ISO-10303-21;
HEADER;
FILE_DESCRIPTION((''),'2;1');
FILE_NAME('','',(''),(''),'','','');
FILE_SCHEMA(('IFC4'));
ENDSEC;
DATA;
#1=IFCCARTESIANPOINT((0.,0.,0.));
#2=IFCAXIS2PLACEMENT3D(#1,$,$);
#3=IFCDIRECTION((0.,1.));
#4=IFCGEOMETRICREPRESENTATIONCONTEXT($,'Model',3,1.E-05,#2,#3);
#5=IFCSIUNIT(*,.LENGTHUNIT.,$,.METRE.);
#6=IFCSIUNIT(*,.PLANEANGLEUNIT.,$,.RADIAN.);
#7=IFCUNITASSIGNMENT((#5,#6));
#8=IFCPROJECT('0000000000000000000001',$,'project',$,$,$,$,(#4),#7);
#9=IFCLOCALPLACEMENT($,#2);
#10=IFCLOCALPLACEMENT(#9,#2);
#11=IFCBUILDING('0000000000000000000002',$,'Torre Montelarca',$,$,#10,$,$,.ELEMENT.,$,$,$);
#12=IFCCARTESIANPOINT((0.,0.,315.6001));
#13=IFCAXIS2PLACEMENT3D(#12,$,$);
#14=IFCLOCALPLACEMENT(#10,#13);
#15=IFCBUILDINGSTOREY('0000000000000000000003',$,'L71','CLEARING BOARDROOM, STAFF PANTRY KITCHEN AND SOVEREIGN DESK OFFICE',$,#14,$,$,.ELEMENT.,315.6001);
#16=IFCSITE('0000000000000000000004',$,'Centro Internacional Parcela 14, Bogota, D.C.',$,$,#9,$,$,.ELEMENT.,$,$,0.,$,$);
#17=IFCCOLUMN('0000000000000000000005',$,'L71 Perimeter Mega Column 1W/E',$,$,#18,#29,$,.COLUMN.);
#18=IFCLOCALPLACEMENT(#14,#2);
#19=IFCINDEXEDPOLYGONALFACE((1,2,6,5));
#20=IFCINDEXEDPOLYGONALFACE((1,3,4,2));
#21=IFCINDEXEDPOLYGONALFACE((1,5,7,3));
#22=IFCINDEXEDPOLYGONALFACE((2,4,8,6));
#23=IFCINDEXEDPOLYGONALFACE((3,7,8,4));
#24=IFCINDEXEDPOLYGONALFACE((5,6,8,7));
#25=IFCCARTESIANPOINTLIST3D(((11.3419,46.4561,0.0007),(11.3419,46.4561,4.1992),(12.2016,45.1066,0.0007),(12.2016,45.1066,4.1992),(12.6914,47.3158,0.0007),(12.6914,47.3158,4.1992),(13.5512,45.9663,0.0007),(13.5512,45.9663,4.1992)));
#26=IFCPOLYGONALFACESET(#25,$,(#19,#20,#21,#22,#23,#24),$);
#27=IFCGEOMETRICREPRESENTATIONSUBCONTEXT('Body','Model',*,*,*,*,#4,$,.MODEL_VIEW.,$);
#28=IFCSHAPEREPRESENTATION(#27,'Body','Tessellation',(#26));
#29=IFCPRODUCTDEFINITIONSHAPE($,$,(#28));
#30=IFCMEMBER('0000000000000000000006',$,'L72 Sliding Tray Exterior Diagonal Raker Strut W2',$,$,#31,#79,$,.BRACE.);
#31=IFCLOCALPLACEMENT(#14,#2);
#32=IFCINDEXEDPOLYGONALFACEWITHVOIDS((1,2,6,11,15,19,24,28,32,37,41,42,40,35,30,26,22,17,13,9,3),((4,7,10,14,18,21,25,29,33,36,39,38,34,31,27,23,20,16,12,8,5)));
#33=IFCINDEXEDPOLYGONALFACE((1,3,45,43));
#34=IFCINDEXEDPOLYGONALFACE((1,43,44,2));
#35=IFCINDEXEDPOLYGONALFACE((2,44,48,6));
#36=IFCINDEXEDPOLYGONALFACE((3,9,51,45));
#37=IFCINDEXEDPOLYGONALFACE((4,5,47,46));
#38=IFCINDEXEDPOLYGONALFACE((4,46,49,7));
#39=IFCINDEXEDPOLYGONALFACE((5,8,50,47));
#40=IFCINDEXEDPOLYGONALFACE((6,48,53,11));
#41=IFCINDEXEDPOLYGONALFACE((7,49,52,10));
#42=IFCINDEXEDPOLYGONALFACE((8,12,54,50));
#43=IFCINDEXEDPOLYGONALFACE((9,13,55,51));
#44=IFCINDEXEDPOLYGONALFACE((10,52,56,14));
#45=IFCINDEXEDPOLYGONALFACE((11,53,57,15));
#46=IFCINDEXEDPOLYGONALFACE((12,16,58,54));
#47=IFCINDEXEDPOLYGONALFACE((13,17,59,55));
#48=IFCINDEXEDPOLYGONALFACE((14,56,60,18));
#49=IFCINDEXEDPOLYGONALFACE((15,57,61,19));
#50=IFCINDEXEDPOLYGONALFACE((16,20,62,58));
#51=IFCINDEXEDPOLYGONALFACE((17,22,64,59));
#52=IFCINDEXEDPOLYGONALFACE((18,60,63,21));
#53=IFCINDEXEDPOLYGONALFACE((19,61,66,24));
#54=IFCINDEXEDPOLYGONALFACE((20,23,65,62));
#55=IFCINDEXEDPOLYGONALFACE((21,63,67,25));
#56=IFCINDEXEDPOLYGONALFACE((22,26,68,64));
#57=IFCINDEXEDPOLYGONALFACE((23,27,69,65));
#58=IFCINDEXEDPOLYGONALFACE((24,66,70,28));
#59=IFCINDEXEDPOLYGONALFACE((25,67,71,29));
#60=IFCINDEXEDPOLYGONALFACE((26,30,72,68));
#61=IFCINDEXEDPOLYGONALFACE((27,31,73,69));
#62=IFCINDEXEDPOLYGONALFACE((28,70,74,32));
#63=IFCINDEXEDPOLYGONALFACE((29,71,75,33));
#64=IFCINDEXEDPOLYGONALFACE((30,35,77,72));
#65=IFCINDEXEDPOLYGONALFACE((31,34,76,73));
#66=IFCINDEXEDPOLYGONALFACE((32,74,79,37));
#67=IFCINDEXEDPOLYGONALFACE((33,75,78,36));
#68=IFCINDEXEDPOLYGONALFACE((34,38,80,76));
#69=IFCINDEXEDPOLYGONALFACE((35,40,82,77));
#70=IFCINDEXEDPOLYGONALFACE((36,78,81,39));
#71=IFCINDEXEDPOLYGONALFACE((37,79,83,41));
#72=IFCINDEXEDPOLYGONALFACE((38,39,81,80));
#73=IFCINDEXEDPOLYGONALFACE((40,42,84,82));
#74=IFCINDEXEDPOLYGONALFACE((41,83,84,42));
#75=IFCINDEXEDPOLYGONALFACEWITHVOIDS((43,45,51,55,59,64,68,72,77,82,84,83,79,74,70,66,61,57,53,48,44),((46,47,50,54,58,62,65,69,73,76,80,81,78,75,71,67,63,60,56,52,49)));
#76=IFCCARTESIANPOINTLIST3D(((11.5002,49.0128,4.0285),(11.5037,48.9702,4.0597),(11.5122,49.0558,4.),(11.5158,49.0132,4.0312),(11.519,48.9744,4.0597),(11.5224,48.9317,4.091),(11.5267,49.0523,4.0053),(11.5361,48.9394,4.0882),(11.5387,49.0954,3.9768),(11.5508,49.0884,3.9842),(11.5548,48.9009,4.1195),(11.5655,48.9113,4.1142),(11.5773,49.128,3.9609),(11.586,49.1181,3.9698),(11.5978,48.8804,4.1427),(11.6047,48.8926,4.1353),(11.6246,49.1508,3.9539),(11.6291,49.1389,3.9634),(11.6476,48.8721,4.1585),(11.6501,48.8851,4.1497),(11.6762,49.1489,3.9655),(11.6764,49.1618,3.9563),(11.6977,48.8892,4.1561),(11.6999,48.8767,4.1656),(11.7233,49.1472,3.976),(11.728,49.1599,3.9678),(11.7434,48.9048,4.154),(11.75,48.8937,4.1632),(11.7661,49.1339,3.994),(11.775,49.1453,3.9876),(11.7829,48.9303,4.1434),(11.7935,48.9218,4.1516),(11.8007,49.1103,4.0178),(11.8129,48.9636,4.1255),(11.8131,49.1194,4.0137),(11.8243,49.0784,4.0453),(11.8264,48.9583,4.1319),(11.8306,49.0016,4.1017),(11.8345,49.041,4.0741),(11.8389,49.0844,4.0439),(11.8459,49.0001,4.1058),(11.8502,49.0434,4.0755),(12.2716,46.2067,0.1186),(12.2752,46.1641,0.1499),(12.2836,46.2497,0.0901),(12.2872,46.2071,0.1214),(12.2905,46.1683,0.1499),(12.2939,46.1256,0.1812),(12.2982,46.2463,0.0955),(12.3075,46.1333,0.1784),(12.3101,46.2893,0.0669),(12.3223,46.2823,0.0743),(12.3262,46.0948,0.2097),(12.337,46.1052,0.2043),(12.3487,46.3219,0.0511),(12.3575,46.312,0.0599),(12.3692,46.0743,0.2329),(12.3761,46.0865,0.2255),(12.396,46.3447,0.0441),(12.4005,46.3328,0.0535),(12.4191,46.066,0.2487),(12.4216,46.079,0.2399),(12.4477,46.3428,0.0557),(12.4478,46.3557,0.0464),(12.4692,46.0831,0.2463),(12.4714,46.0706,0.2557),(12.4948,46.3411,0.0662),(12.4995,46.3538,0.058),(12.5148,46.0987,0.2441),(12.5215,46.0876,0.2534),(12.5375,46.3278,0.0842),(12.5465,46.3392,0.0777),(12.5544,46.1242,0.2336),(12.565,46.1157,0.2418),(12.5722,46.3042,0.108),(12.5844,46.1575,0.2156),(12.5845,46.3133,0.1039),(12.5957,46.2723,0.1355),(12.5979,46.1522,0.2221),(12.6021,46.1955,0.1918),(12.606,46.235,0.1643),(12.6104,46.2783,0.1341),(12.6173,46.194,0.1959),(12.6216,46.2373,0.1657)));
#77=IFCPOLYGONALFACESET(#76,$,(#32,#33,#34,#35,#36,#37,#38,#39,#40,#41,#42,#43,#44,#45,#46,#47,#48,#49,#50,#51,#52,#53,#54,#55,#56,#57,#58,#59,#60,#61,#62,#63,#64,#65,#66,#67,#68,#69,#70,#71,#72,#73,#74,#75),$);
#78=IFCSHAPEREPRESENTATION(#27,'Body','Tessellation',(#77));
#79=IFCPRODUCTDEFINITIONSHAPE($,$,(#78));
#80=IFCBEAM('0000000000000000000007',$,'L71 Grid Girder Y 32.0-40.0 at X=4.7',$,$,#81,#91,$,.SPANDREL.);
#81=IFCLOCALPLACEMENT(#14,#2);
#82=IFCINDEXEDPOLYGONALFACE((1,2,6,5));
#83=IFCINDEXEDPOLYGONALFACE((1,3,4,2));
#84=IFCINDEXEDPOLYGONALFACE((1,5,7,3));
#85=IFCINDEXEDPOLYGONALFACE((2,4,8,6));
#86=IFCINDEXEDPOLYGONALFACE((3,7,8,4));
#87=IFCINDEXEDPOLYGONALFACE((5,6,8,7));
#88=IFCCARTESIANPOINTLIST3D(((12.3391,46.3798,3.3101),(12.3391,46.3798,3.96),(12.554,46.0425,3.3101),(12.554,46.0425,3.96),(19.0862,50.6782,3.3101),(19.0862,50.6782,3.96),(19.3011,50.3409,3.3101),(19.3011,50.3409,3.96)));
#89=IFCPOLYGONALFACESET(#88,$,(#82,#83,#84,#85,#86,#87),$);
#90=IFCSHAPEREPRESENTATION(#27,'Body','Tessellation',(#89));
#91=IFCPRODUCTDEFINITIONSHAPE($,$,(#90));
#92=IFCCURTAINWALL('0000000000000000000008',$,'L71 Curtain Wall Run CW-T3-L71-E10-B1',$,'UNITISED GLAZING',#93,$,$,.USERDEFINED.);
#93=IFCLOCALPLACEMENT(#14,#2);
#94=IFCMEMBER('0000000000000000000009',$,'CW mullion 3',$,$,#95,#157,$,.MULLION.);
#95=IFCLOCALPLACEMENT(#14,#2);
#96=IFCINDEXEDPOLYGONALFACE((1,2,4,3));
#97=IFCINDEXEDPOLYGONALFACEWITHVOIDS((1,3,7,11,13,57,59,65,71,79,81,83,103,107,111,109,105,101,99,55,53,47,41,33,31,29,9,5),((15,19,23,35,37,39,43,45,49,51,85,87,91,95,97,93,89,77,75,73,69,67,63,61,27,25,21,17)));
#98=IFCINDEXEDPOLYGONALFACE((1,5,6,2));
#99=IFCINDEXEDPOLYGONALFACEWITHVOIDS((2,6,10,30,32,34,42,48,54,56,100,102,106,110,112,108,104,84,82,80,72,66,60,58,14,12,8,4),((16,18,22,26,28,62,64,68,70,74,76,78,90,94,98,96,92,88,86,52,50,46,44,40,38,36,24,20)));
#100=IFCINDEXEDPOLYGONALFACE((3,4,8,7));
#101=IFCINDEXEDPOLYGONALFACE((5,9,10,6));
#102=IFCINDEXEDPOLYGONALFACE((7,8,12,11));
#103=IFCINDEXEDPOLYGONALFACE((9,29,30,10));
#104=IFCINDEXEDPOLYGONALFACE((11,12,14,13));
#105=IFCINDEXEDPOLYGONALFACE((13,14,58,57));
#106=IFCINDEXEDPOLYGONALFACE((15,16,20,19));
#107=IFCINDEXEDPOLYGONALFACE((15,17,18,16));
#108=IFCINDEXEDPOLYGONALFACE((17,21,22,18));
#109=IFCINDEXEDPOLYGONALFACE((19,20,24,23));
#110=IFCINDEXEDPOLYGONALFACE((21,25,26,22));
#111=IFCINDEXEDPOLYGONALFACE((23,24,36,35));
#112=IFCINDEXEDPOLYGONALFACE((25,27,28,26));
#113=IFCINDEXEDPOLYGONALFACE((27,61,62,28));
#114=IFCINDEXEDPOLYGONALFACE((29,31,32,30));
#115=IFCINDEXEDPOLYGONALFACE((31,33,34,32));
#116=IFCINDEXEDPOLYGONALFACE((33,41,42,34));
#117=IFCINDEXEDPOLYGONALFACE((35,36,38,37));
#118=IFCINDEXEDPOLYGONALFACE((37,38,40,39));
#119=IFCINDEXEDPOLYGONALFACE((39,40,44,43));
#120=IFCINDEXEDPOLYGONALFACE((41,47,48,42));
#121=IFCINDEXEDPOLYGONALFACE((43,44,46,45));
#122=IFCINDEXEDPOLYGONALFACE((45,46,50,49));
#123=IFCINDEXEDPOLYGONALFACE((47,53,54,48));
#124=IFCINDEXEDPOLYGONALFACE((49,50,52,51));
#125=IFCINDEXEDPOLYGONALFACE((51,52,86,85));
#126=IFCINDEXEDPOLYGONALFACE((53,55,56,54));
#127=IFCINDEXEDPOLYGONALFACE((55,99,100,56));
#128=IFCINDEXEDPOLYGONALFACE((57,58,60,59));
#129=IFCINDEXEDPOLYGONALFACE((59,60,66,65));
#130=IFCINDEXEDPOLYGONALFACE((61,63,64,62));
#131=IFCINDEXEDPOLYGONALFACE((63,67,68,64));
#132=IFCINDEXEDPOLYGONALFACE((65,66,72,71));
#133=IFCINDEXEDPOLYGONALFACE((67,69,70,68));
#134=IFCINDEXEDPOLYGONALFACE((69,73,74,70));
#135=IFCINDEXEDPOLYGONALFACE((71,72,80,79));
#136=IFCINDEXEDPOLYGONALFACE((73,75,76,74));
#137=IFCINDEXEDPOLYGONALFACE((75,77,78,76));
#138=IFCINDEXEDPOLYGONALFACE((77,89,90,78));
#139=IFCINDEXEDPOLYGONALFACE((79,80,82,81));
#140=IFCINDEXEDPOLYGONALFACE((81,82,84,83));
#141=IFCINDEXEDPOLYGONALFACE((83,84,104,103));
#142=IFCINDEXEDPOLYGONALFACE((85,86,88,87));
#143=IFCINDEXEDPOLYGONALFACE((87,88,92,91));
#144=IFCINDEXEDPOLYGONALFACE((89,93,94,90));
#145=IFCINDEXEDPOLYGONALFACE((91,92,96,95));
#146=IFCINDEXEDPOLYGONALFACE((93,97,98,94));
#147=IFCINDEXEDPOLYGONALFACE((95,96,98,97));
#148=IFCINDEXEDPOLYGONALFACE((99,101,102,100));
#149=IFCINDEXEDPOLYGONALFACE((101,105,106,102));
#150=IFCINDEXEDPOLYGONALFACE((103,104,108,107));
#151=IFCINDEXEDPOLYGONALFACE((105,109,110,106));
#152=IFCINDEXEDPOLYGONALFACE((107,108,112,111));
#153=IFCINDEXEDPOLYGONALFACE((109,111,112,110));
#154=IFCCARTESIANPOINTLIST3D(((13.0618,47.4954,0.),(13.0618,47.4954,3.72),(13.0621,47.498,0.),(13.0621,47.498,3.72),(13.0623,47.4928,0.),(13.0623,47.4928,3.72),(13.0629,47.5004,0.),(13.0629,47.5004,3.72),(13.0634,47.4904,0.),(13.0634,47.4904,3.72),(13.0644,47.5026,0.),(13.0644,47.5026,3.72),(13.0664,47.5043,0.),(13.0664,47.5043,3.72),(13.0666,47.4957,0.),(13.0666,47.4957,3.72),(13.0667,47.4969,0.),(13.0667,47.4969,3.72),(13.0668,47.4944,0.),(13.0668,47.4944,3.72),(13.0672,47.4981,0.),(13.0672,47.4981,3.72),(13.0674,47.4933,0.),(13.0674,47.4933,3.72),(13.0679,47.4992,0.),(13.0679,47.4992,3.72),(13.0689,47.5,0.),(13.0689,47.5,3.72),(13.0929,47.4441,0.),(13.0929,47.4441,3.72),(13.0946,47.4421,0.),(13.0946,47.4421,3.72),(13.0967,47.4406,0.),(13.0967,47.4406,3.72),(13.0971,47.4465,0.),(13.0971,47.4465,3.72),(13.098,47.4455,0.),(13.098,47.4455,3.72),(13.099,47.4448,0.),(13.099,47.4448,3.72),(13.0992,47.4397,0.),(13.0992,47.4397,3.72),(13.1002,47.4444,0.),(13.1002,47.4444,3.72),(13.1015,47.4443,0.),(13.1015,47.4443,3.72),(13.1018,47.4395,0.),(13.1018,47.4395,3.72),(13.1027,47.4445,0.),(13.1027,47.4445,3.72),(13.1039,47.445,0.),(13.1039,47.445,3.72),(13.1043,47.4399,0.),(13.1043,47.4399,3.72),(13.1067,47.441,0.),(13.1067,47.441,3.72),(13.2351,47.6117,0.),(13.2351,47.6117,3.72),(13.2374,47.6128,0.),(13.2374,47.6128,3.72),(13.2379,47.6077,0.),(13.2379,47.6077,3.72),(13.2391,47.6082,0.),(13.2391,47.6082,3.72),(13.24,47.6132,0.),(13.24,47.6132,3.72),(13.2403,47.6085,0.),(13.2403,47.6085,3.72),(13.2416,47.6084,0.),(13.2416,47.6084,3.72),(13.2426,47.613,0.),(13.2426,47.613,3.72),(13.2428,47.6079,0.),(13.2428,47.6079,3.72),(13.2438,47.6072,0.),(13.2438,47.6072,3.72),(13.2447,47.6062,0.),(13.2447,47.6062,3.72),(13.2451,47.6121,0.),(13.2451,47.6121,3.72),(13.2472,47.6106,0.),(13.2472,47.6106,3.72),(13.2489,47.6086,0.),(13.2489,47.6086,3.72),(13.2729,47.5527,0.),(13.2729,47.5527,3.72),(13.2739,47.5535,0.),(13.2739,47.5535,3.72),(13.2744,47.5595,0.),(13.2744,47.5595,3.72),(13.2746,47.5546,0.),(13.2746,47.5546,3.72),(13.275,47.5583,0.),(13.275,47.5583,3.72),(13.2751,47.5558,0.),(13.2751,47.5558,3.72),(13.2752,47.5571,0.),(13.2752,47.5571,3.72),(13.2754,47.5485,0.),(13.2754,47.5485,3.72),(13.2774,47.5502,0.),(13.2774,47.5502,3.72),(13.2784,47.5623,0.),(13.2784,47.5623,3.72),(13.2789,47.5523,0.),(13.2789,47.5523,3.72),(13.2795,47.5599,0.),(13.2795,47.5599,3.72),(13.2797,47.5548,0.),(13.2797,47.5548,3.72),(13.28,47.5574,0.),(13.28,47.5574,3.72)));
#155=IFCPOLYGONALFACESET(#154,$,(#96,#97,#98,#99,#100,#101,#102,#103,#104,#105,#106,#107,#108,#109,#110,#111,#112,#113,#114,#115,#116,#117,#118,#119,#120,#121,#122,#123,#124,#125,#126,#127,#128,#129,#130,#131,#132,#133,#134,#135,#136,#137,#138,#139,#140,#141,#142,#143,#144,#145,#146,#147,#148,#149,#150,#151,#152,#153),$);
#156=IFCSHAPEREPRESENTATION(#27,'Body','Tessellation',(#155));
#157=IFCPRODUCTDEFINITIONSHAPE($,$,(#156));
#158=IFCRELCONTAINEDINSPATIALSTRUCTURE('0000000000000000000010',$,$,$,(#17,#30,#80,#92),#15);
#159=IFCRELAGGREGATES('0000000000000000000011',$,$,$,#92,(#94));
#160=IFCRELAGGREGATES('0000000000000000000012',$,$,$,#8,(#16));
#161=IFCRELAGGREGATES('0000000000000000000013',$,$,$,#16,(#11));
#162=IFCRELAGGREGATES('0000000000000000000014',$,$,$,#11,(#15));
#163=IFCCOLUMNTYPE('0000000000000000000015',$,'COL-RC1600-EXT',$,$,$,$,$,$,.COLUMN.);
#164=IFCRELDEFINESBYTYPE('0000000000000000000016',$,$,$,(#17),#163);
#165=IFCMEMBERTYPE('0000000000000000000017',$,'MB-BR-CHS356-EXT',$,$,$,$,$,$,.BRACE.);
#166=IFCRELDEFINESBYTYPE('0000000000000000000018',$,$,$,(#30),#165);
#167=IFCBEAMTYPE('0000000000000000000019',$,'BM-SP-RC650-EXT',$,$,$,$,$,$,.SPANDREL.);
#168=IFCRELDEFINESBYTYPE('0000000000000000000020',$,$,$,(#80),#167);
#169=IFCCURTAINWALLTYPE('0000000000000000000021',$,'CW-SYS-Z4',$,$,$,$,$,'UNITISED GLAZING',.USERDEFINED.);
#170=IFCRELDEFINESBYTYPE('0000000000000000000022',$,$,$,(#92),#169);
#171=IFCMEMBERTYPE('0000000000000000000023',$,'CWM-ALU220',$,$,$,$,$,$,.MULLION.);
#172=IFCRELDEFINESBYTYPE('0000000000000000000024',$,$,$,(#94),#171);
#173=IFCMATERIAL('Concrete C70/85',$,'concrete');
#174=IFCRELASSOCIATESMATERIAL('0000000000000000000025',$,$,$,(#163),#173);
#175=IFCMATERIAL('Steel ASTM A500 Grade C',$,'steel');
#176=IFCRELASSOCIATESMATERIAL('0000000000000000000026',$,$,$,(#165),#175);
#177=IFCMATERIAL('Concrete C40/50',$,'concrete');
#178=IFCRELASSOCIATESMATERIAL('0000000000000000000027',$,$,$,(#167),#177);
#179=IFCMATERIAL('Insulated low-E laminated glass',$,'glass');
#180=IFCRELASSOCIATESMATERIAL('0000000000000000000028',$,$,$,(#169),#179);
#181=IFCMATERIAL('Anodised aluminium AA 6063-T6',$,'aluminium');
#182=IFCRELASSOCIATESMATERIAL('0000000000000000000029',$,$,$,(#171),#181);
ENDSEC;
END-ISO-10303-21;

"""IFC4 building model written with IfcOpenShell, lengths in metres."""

from ifc_helpers import new_model, si_unit, direction, frame, origin, origin_2d, place, context, subcontext, project, spatial, rectangle, hollow_rectangle, hollow_circle, extrude, source, transform, mapped, material, material_profile, profile_set, type_object, element, aggregate, save


model = new_model("IFC4")

# Units and contexts
model_context = context("Model", 3, precision=1e-05, world=origin(), true_north=direction((0.0, 1.0)))
body_context = subcontext(model_context, "Body", "Model", "MODEL_VIEW")
ifc_project = project(units=[si_unit("LENGTHUNIT", "METRE"), si_unit("PLANEANGLEUNIT", "RADIAN")], contexts=[model_context])

# Site, building, storey
site_placement = place(None, origin())
site = spatial("IfcSite", under=ifc_project, at=site_placement, Name="Centro Internacional Parcela 14, Bogota, D.C.", CompositionType="ELEMENT", RefElevation=0.0)
building_placement = place(site_placement, origin())
building = spatial("IfcBuilding", under=site, at=building_placement, Name="Torre Montelarca", CompositionType="ELEMENT")
storey_placement = place(building_placement, frame((0.0, 0.0, 315.6001)))
storey = spatial("IfcBuildingStorey", under=building, at=storey_placement, Name="L71", Description="CLEARING BOARDROOM, STAFF PANTRY KITCHEN AND SOVEREIGN DESK OFFICE", CompositionType="ELEMENT", Elevation=315.6001)

# Column
ifc_material_1 = material(Name="Concrete C70/85", Category="concrete")
ifc_material_profile_1 = material_profile(ifc_material_1, rectangle(XDim=1.6001, YDim=1.6001, at=origin_2d()), Name="RC1600X1600", Category="concrete")
ifc_profile_set_1 = profile_set([ifc_material_profile_1], Name="Concrete C70/85")
column_type = type_object("IfcColumnType", Name="COL-RC1600-EXT", PredefinedType="COLUMN", material=ifc_profile_set_1)
shared_shape_1 = source(origin(), body_context, "Body", "SweptSolid", [
    extrude(rectangle(XDim=1.6001, YDim=1.6001, at=origin_2d()), origin(), (0.0, 0.0, 1.0), 4.1985),
])
column_placement = place(storey_placement, frame((12.4465, 46.2112, 0.0007), z_axis=(0.0, 0.0, 1.0), x_axis=(-0.5373, 0.843391, 0.0)))
element("IfcColumn", 1, at=column_placement, inside=storey, type_object=column_type, Name="L71 Perimeter Mega Column 1W/E", PredefinedType="COLUMN", context=body_context, shape_type="MappedRepresentation", body=[
    mapped(shared_shape_1, transform((0.0, 0.0, 0.0), scale=1.0)),
])

# Member
ifc_material_2 = material(Name="Steel ASTM A500 Grade C", Category="steel")
ifc_material_profile_2 = material_profile(ifc_material_2, hollow_circle(Radius=0.1777, WallThickness=0.0159, at=origin_2d()), Name="HSS355.6X15.9", Category="steel")
ifc_profile_set_2 = profile_set([ifc_material_profile_2], Name="Steel ASTM A500 Grade C")
member_type_1 = type_object("IfcMemberType", Name="MB-BR-CHS356-EXT", PredefinedType="BRACE", material=ifc_profile_set_2)
shared_shape_2 = source(origin(), body_context, "Body", "SweptSolid", [
    extrude(hollow_circle(Radius=0.1777, WallThickness=0.0159, at=origin_2d()), origin(), (0.0, 0.0, 1.0), 4.874),
])
member_1_placement = place(storey_placement, frame((12.4465, 46.2112, 0.1499), z_axis=(-0.158282, 0.575724, 0.802177), x_axis=(-0.964224, -0.26509, 0.0)))
element("IfcMember", 2, at=member_1_placement, inside=storey, type_object=member_type_1, Name="L72 Sliding Tray Exterior Diagonal Raker Strut W2", PredefinedType="BRACE", context=body_context, shape_type="MappedRepresentation", body=[
    mapped(shared_shape_2, transform((0.0, 0.0, 0.0), scale=1.0)),
])

# Beam
ifc_material_3 = material(Name="Concrete C40/50", Category="concrete")
ifc_material_profile_3 = material_profile(ifc_material_3, rectangle(XDim=0.3999, YDim=0.6499, at=origin_2d()), Name="RCB400X650", Category="concrete")
ifc_profile_set_3 = profile_set([ifc_material_profile_3], Name="Concrete C40/50")
beam_type = type_object("IfcBeamType", Name="BM-SP-RC650-EXT", PredefinedType="SPANDREL", material=ifc_profile_set_3)
shared_shape_3 = source(origin(), body_context, "Body", "SweptSolid", [
    extrude(rectangle(XDim=0.3999, YDim=0.6499, at=origin_2d()), origin(), (0.0, 0.0, 1.0), 8.0),
])
beam_placement = place(storey_placement, frame((12.4465, 46.2112, 3.635), z_axis=(0.843392, 0.537298, 0.0), x_axis=(-0.537298, 0.843392, 0.0)))
element("IfcBeam", 3, at=beam_placement, inside=storey, type_object=beam_type, Name="L71 Grid Girder Y 32.0-40.0 at X=4.7", PredefinedType="SPANDREL", context=body_context, shape_type="MappedRepresentation", body=[
    mapped(shared_shape_3, transform((0.0, 0.0, 0.0), scale=1.0)),
])

# Curtain wall, member
ifc_material_4 = material(Name="Insulated low-E laminated glass", Category="glass")
curtain_wall_type = type_object("IfcCurtainWallType", Name="CW-SYS-Z4", ElementType="UNITISED GLAZING", PredefinedType="USERDEFINED", material=ifc_material_4)
curtain_wall_1_placement = place(storey_placement, origin())
curtain_wall_1 = element("IfcCurtainWall", 4, at=curtain_wall_1_placement, inside=storey, type_object=curtain_wall_type, Name="L71 Curtain Wall Run CW-T3-L71-E10-B1", ObjectType="UNITISED GLAZING", PredefinedType="USERDEFINED")
ifc_material_5 = material(Name="Anodised aluminium AA 6063-T6", Category="aluminium")
ifc_material_profile_4 = material_profile(ifc_material_5, hollow_rectangle(XDim=0.075, YDim=0.22, WallThickness=0.0049, InnerFilletRadius=0.0049, OuterFilletRadius=0.01, at=origin_2d()), Name="ALU75X220X5", Category="aluminium")
ifc_profile_set_4 = profile_set([ifc_material_profile_4], Name="Anodised aluminium AA 6063-T6")
member_type_2 = type_object("IfcMemberType", Name="CWM-ALU220", PredefinedType="MULLION", material=ifc_profile_set_4)
shared_shape_4 = source(origin(), body_context, "Body", "SweptSolid", [
    extrude(hollow_rectangle(XDim=0.075, YDim=0.22, WallThickness=0.0049, InnerFilletRadius=0.0049, OuterFilletRadius=0.01, at=origin_2d()), origin(), (0.0, 0.0, 1.0), 3.72),
])
member_2_placement = place(storey_placement, frame((13.1709, 47.5264, 0.0), z_axis=(0.0, 0.0, 1.0), x_axis=(0.537302, -0.84339, 0.0)))
member_2 = element("IfcMember", 5, at=member_2_placement, type_object=member_type_2, Name="CW mullion 3", PredefinedType="MULLION", context=body_context, shape_type="MappedRepresentation", body=[
    mapped(shared_shape_4, transform((0.0, 0.0, 0.0), scale=1.0)),
])

aggregate(curtain_wall_1, [member_2])

save(model, "model.ifc")
